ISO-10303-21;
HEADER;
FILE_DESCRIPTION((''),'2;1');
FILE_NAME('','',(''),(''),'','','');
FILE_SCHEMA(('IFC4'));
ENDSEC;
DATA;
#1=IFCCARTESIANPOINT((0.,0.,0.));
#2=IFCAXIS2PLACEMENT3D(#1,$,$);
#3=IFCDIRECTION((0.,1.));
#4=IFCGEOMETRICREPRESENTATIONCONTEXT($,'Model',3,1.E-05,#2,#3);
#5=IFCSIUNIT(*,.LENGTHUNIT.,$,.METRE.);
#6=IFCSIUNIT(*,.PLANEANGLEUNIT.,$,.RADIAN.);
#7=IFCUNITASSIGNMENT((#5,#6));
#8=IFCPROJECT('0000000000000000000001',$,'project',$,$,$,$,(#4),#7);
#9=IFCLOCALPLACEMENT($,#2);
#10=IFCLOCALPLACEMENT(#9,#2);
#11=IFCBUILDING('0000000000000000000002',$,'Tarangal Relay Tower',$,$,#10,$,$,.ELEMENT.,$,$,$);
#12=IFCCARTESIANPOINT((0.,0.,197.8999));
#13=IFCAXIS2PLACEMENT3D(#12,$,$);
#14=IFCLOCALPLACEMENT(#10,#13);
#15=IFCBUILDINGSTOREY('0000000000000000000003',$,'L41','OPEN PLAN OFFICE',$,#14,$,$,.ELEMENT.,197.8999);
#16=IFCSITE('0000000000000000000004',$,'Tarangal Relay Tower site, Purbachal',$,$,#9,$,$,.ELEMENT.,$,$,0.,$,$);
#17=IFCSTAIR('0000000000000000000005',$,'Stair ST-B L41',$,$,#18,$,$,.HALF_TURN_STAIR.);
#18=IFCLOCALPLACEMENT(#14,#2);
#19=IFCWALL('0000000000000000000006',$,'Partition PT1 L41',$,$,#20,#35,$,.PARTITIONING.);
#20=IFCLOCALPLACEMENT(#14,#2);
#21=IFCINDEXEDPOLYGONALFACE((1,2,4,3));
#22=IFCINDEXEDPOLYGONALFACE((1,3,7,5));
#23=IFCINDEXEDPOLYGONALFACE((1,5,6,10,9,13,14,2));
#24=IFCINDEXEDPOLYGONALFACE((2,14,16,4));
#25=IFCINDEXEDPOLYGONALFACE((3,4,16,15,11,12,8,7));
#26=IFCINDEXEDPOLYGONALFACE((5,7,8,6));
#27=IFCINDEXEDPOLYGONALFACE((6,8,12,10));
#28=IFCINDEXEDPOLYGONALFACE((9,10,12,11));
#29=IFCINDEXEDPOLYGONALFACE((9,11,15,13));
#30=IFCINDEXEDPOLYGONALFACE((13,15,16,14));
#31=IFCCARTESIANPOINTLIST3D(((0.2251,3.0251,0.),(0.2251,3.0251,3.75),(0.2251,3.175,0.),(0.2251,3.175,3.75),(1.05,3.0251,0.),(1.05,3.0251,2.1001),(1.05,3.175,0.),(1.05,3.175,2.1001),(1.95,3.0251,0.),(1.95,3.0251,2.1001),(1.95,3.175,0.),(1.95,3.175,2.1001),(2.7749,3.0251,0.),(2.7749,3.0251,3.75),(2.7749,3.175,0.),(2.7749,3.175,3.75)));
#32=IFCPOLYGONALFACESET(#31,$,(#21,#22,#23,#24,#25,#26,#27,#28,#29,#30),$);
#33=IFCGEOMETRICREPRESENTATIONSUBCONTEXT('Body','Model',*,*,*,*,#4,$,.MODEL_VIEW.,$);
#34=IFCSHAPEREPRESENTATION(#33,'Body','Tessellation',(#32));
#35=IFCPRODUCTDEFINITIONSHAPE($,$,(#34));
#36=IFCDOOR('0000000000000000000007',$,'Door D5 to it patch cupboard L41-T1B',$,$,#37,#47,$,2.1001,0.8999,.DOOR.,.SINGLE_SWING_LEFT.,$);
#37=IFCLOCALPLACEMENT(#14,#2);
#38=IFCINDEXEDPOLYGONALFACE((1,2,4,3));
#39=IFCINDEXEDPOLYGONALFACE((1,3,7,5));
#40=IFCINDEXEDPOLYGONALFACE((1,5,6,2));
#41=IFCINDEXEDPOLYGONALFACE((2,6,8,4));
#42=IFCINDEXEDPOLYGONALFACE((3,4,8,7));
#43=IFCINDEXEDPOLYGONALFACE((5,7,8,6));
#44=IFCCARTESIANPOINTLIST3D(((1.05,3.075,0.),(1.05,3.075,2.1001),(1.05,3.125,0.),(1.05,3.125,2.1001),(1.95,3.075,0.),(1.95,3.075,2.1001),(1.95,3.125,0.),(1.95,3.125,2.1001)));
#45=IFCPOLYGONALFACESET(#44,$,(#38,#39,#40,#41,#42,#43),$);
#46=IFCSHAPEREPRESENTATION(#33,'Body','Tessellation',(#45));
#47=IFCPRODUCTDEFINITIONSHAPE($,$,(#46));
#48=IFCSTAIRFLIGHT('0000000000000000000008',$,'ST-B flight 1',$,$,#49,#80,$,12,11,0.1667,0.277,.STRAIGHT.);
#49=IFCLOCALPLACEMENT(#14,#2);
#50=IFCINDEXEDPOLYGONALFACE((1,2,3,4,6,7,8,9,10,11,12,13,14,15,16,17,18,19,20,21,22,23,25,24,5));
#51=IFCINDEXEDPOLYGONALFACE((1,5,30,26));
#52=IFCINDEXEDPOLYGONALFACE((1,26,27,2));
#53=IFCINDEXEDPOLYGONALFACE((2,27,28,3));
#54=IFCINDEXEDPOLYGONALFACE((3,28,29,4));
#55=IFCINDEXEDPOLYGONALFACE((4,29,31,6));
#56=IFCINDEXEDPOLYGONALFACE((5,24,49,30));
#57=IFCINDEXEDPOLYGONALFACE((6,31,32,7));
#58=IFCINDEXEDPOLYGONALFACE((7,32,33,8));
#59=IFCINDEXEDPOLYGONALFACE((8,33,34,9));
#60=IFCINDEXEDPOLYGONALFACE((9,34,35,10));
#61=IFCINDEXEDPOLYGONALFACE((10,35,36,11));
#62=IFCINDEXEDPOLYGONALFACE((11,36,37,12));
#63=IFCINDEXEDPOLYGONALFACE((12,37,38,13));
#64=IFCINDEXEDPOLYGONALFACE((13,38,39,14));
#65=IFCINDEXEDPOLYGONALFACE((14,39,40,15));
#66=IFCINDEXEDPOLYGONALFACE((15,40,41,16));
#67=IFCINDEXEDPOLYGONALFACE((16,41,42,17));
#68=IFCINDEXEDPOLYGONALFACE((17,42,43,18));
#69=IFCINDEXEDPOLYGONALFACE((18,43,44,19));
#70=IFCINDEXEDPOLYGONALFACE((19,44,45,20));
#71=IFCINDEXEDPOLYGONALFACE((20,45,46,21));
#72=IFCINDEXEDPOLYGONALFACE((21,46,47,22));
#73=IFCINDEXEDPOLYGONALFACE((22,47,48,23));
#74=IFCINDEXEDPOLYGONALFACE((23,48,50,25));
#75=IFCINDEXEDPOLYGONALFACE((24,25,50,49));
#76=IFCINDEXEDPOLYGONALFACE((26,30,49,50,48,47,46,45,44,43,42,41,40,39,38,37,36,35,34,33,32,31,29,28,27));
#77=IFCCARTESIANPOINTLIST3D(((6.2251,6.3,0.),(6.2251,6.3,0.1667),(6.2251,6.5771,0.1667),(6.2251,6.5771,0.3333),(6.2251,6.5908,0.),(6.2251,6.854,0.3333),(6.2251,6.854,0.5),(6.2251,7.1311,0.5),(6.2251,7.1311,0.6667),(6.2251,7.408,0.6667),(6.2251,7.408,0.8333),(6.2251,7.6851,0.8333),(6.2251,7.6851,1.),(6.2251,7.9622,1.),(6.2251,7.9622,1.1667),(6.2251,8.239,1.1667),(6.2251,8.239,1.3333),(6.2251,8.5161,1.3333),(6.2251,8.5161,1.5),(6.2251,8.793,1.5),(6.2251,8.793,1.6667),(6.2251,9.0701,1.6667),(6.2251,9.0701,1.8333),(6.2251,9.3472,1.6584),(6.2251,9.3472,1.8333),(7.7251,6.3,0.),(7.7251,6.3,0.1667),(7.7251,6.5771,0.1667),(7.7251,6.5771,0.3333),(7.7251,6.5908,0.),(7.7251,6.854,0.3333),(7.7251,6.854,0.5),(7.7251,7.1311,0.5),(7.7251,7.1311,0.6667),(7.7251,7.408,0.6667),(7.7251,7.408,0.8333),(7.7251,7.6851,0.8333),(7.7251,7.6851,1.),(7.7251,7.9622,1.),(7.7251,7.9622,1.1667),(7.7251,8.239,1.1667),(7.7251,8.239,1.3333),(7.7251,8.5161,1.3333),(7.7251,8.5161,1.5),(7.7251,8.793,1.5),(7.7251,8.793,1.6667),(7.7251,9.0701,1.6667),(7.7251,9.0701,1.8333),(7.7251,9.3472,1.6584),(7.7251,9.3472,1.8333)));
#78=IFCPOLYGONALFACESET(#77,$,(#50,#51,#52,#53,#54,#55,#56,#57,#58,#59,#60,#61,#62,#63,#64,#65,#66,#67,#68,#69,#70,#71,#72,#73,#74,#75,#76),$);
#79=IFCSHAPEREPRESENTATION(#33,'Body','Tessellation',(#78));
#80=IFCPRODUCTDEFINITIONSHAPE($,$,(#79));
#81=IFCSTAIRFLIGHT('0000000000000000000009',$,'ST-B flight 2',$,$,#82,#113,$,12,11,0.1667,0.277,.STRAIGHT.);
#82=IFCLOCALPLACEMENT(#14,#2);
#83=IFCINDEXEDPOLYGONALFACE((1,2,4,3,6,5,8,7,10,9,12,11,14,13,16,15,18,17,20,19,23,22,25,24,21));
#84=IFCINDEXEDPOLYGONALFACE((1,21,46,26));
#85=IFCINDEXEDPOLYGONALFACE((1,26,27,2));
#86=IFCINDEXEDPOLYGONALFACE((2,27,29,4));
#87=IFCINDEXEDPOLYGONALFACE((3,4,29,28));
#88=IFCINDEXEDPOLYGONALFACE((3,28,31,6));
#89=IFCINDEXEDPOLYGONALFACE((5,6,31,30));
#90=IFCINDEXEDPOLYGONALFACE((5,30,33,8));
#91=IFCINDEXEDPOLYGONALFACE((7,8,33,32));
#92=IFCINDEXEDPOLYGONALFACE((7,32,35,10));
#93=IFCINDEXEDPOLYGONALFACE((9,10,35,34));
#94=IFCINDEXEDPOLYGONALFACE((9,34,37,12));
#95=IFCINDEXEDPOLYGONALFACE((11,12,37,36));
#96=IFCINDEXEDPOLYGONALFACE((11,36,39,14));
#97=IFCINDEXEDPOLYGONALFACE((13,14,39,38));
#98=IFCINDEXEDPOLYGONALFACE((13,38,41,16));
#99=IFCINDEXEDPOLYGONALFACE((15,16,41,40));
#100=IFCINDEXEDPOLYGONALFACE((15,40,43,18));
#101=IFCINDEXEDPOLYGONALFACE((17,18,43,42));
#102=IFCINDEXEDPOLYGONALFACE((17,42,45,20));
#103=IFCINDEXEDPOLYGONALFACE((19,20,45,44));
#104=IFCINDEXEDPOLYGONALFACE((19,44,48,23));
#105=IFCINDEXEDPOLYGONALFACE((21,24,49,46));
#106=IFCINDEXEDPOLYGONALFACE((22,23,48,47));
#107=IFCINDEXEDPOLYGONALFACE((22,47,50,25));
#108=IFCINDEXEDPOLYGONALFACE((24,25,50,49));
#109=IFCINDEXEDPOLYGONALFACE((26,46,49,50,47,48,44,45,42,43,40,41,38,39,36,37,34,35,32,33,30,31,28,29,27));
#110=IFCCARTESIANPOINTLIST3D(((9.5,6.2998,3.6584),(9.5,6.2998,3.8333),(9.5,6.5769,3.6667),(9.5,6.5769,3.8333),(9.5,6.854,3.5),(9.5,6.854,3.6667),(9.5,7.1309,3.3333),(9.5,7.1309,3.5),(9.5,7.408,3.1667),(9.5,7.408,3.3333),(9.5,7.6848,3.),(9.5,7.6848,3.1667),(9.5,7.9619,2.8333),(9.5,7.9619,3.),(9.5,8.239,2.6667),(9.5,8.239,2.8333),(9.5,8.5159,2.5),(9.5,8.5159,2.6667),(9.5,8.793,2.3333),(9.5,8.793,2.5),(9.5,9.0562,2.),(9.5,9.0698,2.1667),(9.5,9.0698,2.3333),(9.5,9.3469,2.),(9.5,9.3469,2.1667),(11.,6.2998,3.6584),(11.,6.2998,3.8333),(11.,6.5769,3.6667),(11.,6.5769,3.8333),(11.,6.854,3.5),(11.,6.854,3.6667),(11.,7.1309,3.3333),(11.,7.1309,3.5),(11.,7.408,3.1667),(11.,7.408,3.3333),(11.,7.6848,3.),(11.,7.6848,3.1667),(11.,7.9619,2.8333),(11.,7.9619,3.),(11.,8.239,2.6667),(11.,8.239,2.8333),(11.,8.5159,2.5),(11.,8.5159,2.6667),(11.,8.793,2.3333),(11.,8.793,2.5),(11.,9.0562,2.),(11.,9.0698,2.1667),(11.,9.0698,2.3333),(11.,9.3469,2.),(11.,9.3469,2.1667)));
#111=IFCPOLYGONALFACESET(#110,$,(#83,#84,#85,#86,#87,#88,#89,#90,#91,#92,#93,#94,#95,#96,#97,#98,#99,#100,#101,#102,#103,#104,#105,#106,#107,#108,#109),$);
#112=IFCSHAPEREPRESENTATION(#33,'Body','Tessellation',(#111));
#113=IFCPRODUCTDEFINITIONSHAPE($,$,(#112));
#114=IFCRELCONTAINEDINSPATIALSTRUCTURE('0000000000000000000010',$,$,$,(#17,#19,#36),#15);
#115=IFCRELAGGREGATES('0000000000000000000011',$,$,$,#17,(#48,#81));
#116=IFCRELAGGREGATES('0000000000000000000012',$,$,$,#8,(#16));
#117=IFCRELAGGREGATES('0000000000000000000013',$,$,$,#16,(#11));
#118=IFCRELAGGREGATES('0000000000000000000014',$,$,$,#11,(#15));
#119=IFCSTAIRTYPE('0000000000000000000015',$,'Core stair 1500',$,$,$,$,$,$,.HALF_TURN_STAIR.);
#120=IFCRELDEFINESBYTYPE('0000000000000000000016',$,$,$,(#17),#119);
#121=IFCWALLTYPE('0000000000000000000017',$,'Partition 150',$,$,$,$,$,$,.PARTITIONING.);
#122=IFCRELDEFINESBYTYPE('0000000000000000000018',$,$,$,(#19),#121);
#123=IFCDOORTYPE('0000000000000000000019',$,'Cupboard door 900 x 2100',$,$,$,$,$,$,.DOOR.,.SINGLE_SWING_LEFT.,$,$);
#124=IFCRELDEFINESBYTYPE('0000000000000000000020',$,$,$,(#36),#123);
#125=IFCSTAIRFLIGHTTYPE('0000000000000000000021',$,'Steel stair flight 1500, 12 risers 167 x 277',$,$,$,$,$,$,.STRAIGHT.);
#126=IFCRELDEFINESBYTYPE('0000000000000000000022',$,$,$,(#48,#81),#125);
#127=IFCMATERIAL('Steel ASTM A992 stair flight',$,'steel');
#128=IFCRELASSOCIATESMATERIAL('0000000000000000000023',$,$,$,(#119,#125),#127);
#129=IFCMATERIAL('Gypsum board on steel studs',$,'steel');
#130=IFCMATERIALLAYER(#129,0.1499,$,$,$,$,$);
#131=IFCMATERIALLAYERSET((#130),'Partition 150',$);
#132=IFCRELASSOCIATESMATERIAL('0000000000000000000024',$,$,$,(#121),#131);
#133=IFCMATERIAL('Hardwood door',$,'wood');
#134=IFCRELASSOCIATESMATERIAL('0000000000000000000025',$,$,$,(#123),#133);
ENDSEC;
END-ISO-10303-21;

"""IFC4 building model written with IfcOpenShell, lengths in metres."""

from ifc_helpers import new_model, si_unit, direction, frame, frame_2d, origin, place, context, subcontext, project, spatial, polyline, rectangle, outline, extrude, material, layer, layer_set, type_object, element, fill, aggregate, save


model = new_model("IFC4")

# Units and contexts
model_context = context("Model", 3, precision=1e-05, world=origin(), true_north=direction((0.0, 1.0)))
body_context = subcontext(model_context, "Body", "Model", "MODEL_VIEW")
ifc_project = project(units=[si_unit("LENGTHUNIT", "METRE"), si_unit("PLANEANGLEUNIT", "RADIAN")], contexts=[model_context])

# Site, building, storey
site_placement = place(None, origin())
site = spatial("IfcSite", under=ifc_project, at=site_placement, Name="Tarangal Relay Tower site, Purbachal", CompositionType="ELEMENT", RefElevation=0.0)
building_placement = place(site_placement, origin())
building = spatial("IfcBuilding", under=site, at=building_placement, Name="Tarangal Relay Tower", CompositionType="ELEMENT")
storey_placement = place(building_placement, frame((0.0, 0.0, 197.8999)))
storey = spatial("IfcBuildingStorey", under=building, at=storey_placement, Name="L41", Description="OPEN PLAN OFFICE", CompositionType="ELEMENT", Elevation=197.8999)

# Stair
ifc_material_1 = material(Name="Steel ASTM A992 stair flight", Category="steel")
stair_type = type_object("IfcStairType", Name="Core stair 1500", PredefinedType="HALF_TURN_STAIR", material=ifc_material_1)
stair_1_placement = place(storey_placement, origin())
stair_1 = element("IfcStair", 1, at=stair_1_placement, inside=storey, type_object=stair_type, Name="Stair ST-B L41", PredefinedType="HALF_TURN_STAIR")

# Wall, opening, door
ifc_material_2 = material(Name="Gypsum board on steel studs", Category="steel")
ifc_layer_1 = layer(ifc_material_2, 0.1499)
ifc_layer_set_1 = layer_set([ifc_layer_1], Name="Partition 150")
wall_type_1 = type_object("IfcWallType", Name="Partition 150", PredefinedType="PARTITIONING", material=ifc_layer_set_1)
wall_1_placement = place(storey_placement, frame((0.2251, 3.1001, 0.0), z_axis=(0.0, 0.0, 1.0), x_axis=(1.0, 0.0, 0.0)))
wall_1 = element("IfcWall", 2, at=wall_1_placement, inside=storey, type_object=wall_type_1, Name="Partition PT1 L41", PredefinedType="PARTITIONING", context=body_context, shape_type="SweptSolid", body=[
    extrude(rectangle(XDim=2.5498, YDim=0.1499, at=frame_2d((1.2749, 0.0))), origin(), (0.0, 0.0, 1.0), 3.75),
])
opening_1_placement = place(wall_1_placement, frame((0.825, 0.0, 0.0)))
opening_1 = element("IfcOpeningElement", 3, at=opening_1_placement, cuts=wall_1, PredefinedType="OPENING", context=body_context, shape_type="SweptSolid", body=[
    extrude(rectangle(XDim=0.8999, YDim=2.1001, at=frame_2d((0.45, 1.05))), frame((0.0, 0.085, 0.0), z_axis=(0.0, -1.0, 0.0), x_axis=(1.0, 0.0, 0.0)), (0.0, 0.0, 1.0), 0.1699),
])
ifc_material_3 = material(Name="Hardwood door", Category="wood")
door_type_1 = type_object("IfcDoorType", Name="Cupboard door 900 x 2100", OperationType="SINGLE_SWING_LEFT", PredefinedType="DOOR", material=ifc_material_3)
door_1_placement = place(opening_1_placement, origin())
door_1 = element("IfcDoor", 4, at=door_1_placement, inside=storey, type_object=door_type_1, Name="Door D5 to it patch cupboard L41-T1B", OperationType="SINGLE_SWING_LEFT", OverallHeight=2.1001, OverallWidth=0.8999, PredefinedType="DOOR", context=body_context, shape_type="SweptSolid", body=[
    extrude(rectangle(XDim=0.8999, YDim=2.1001, at=frame_2d((0.45, 1.05))), frame((0.0, 0.0249, 0.0), z_axis=(0.0, -1.0, 0.0), x_axis=(1.0, 0.0, 0.0)), (0.0, 0.0, 1.0), 0.05),
])
fill(opening_1, door_1)

# Stair flights
stair_flight_type = type_object("IfcStairFlightType", Name="Steel stair flight 1500, 12 risers 167 x 277", PredefinedType="STRAIGHT", material=ifc_material_1)
stair_flight_1_placement = place(storey_placement, frame((6.9751, 6.3, 0.0), z_axis=(0.0, 0.0, 1.0), x_axis=(0.0, 1.0, 0.0)))
stair_flight_1 = element("IfcStairFlight", 5, at=stair_flight_1_placement, type_object=stair_flight_type, Name="ST-B flight 1", NumberOfRisers=12, NumberOfTreads=11, PredefinedType="STRAIGHT", RiserHeight=0.1667, TreadLength=0.277, context=body_context, shape_type="SweptSolid", body=[
    extrude(outline(polyline([(0.0, 0.0), (0.0, 0.1667), (0.2771, 0.1667), (0.2771, 0.3333), (0.554, 0.3333), (0.554, 0.5), (0.8311, 0.5), (0.8311, 0.6667), (1.1079, 0.6667), (1.1079, 0.8333), (1.385, 0.8333), (1.385, 1.0), (1.6621, 1.0), (1.6621, 1.1667), (1.939, 1.1667), (1.939, 1.3333), (2.2161, 1.3333), (2.2161, 1.5), (2.4929, 1.5), (2.4929, 1.6667), (2.77, 1.6667), (2.77, 1.8333), (3.0471, 1.8333), (3.0471, 2.0), (3.0471, 1.6584), (0.2908, 0.0), (0.0, 0.0)])), frame((0.0, 0.75, 0.0), z_axis=(0.0, -1.0, 0.0), x_axis=(1.0, 0.0, 0.0)), (0.0, 0.0, 1.0), 1.5),
])
stair_flight_2_placement = place(storey_placement, frame((10.25, 9.3469, 2.0), z_axis=(0.0, 0.0, 1.0), x_axis=(0.0, -1.0, 0.0)))
stair_flight_2 = element("IfcStairFlight", 6, at=stair_flight_2_placement, type_object=stair_flight_type, Name="ST-B flight 2", NumberOfRisers=12, NumberOfTreads=11, PredefinedType="STRAIGHT", RiserHeight=0.1667, TreadLength=0.277, context=body_context, shape_type="SweptSolid", body=[
    extrude(outline(polyline([(0.0, 0.0), (0.0, 0.1667), (0.2771, 0.1667), (0.2771, 0.3333), (0.554, 0.3333), (0.554, 0.5), (0.8311, 0.5), (0.8311, 0.6667), (1.1079, 0.6667), (1.1079, 0.8333), (1.385, 0.8333), (1.385, 1.0), (1.6621, 1.0), (1.6621, 1.1667), (1.939, 1.1667), (1.939, 1.3333), (2.2161, 1.3333), (2.2161, 1.5), (2.4929, 1.5), (2.4929, 1.6667), (2.77, 1.6667), (2.77, 1.8333), (3.0471, 1.8333), (3.0471, 2.0), (3.0471, 1.6584), (0.2908, 0.0), (0.0, 0.0)])), frame((0.0, 0.75, 0.0), z_axis=(0.0, -1.0, 0.0), x_axis=(1.0, 0.0, 0.0)), (0.0, 0.0, 1.0), 1.5),
])
aggregate(stair_1, [stair_flight_1, stair_flight_2])

save(model, "model.ifc")
